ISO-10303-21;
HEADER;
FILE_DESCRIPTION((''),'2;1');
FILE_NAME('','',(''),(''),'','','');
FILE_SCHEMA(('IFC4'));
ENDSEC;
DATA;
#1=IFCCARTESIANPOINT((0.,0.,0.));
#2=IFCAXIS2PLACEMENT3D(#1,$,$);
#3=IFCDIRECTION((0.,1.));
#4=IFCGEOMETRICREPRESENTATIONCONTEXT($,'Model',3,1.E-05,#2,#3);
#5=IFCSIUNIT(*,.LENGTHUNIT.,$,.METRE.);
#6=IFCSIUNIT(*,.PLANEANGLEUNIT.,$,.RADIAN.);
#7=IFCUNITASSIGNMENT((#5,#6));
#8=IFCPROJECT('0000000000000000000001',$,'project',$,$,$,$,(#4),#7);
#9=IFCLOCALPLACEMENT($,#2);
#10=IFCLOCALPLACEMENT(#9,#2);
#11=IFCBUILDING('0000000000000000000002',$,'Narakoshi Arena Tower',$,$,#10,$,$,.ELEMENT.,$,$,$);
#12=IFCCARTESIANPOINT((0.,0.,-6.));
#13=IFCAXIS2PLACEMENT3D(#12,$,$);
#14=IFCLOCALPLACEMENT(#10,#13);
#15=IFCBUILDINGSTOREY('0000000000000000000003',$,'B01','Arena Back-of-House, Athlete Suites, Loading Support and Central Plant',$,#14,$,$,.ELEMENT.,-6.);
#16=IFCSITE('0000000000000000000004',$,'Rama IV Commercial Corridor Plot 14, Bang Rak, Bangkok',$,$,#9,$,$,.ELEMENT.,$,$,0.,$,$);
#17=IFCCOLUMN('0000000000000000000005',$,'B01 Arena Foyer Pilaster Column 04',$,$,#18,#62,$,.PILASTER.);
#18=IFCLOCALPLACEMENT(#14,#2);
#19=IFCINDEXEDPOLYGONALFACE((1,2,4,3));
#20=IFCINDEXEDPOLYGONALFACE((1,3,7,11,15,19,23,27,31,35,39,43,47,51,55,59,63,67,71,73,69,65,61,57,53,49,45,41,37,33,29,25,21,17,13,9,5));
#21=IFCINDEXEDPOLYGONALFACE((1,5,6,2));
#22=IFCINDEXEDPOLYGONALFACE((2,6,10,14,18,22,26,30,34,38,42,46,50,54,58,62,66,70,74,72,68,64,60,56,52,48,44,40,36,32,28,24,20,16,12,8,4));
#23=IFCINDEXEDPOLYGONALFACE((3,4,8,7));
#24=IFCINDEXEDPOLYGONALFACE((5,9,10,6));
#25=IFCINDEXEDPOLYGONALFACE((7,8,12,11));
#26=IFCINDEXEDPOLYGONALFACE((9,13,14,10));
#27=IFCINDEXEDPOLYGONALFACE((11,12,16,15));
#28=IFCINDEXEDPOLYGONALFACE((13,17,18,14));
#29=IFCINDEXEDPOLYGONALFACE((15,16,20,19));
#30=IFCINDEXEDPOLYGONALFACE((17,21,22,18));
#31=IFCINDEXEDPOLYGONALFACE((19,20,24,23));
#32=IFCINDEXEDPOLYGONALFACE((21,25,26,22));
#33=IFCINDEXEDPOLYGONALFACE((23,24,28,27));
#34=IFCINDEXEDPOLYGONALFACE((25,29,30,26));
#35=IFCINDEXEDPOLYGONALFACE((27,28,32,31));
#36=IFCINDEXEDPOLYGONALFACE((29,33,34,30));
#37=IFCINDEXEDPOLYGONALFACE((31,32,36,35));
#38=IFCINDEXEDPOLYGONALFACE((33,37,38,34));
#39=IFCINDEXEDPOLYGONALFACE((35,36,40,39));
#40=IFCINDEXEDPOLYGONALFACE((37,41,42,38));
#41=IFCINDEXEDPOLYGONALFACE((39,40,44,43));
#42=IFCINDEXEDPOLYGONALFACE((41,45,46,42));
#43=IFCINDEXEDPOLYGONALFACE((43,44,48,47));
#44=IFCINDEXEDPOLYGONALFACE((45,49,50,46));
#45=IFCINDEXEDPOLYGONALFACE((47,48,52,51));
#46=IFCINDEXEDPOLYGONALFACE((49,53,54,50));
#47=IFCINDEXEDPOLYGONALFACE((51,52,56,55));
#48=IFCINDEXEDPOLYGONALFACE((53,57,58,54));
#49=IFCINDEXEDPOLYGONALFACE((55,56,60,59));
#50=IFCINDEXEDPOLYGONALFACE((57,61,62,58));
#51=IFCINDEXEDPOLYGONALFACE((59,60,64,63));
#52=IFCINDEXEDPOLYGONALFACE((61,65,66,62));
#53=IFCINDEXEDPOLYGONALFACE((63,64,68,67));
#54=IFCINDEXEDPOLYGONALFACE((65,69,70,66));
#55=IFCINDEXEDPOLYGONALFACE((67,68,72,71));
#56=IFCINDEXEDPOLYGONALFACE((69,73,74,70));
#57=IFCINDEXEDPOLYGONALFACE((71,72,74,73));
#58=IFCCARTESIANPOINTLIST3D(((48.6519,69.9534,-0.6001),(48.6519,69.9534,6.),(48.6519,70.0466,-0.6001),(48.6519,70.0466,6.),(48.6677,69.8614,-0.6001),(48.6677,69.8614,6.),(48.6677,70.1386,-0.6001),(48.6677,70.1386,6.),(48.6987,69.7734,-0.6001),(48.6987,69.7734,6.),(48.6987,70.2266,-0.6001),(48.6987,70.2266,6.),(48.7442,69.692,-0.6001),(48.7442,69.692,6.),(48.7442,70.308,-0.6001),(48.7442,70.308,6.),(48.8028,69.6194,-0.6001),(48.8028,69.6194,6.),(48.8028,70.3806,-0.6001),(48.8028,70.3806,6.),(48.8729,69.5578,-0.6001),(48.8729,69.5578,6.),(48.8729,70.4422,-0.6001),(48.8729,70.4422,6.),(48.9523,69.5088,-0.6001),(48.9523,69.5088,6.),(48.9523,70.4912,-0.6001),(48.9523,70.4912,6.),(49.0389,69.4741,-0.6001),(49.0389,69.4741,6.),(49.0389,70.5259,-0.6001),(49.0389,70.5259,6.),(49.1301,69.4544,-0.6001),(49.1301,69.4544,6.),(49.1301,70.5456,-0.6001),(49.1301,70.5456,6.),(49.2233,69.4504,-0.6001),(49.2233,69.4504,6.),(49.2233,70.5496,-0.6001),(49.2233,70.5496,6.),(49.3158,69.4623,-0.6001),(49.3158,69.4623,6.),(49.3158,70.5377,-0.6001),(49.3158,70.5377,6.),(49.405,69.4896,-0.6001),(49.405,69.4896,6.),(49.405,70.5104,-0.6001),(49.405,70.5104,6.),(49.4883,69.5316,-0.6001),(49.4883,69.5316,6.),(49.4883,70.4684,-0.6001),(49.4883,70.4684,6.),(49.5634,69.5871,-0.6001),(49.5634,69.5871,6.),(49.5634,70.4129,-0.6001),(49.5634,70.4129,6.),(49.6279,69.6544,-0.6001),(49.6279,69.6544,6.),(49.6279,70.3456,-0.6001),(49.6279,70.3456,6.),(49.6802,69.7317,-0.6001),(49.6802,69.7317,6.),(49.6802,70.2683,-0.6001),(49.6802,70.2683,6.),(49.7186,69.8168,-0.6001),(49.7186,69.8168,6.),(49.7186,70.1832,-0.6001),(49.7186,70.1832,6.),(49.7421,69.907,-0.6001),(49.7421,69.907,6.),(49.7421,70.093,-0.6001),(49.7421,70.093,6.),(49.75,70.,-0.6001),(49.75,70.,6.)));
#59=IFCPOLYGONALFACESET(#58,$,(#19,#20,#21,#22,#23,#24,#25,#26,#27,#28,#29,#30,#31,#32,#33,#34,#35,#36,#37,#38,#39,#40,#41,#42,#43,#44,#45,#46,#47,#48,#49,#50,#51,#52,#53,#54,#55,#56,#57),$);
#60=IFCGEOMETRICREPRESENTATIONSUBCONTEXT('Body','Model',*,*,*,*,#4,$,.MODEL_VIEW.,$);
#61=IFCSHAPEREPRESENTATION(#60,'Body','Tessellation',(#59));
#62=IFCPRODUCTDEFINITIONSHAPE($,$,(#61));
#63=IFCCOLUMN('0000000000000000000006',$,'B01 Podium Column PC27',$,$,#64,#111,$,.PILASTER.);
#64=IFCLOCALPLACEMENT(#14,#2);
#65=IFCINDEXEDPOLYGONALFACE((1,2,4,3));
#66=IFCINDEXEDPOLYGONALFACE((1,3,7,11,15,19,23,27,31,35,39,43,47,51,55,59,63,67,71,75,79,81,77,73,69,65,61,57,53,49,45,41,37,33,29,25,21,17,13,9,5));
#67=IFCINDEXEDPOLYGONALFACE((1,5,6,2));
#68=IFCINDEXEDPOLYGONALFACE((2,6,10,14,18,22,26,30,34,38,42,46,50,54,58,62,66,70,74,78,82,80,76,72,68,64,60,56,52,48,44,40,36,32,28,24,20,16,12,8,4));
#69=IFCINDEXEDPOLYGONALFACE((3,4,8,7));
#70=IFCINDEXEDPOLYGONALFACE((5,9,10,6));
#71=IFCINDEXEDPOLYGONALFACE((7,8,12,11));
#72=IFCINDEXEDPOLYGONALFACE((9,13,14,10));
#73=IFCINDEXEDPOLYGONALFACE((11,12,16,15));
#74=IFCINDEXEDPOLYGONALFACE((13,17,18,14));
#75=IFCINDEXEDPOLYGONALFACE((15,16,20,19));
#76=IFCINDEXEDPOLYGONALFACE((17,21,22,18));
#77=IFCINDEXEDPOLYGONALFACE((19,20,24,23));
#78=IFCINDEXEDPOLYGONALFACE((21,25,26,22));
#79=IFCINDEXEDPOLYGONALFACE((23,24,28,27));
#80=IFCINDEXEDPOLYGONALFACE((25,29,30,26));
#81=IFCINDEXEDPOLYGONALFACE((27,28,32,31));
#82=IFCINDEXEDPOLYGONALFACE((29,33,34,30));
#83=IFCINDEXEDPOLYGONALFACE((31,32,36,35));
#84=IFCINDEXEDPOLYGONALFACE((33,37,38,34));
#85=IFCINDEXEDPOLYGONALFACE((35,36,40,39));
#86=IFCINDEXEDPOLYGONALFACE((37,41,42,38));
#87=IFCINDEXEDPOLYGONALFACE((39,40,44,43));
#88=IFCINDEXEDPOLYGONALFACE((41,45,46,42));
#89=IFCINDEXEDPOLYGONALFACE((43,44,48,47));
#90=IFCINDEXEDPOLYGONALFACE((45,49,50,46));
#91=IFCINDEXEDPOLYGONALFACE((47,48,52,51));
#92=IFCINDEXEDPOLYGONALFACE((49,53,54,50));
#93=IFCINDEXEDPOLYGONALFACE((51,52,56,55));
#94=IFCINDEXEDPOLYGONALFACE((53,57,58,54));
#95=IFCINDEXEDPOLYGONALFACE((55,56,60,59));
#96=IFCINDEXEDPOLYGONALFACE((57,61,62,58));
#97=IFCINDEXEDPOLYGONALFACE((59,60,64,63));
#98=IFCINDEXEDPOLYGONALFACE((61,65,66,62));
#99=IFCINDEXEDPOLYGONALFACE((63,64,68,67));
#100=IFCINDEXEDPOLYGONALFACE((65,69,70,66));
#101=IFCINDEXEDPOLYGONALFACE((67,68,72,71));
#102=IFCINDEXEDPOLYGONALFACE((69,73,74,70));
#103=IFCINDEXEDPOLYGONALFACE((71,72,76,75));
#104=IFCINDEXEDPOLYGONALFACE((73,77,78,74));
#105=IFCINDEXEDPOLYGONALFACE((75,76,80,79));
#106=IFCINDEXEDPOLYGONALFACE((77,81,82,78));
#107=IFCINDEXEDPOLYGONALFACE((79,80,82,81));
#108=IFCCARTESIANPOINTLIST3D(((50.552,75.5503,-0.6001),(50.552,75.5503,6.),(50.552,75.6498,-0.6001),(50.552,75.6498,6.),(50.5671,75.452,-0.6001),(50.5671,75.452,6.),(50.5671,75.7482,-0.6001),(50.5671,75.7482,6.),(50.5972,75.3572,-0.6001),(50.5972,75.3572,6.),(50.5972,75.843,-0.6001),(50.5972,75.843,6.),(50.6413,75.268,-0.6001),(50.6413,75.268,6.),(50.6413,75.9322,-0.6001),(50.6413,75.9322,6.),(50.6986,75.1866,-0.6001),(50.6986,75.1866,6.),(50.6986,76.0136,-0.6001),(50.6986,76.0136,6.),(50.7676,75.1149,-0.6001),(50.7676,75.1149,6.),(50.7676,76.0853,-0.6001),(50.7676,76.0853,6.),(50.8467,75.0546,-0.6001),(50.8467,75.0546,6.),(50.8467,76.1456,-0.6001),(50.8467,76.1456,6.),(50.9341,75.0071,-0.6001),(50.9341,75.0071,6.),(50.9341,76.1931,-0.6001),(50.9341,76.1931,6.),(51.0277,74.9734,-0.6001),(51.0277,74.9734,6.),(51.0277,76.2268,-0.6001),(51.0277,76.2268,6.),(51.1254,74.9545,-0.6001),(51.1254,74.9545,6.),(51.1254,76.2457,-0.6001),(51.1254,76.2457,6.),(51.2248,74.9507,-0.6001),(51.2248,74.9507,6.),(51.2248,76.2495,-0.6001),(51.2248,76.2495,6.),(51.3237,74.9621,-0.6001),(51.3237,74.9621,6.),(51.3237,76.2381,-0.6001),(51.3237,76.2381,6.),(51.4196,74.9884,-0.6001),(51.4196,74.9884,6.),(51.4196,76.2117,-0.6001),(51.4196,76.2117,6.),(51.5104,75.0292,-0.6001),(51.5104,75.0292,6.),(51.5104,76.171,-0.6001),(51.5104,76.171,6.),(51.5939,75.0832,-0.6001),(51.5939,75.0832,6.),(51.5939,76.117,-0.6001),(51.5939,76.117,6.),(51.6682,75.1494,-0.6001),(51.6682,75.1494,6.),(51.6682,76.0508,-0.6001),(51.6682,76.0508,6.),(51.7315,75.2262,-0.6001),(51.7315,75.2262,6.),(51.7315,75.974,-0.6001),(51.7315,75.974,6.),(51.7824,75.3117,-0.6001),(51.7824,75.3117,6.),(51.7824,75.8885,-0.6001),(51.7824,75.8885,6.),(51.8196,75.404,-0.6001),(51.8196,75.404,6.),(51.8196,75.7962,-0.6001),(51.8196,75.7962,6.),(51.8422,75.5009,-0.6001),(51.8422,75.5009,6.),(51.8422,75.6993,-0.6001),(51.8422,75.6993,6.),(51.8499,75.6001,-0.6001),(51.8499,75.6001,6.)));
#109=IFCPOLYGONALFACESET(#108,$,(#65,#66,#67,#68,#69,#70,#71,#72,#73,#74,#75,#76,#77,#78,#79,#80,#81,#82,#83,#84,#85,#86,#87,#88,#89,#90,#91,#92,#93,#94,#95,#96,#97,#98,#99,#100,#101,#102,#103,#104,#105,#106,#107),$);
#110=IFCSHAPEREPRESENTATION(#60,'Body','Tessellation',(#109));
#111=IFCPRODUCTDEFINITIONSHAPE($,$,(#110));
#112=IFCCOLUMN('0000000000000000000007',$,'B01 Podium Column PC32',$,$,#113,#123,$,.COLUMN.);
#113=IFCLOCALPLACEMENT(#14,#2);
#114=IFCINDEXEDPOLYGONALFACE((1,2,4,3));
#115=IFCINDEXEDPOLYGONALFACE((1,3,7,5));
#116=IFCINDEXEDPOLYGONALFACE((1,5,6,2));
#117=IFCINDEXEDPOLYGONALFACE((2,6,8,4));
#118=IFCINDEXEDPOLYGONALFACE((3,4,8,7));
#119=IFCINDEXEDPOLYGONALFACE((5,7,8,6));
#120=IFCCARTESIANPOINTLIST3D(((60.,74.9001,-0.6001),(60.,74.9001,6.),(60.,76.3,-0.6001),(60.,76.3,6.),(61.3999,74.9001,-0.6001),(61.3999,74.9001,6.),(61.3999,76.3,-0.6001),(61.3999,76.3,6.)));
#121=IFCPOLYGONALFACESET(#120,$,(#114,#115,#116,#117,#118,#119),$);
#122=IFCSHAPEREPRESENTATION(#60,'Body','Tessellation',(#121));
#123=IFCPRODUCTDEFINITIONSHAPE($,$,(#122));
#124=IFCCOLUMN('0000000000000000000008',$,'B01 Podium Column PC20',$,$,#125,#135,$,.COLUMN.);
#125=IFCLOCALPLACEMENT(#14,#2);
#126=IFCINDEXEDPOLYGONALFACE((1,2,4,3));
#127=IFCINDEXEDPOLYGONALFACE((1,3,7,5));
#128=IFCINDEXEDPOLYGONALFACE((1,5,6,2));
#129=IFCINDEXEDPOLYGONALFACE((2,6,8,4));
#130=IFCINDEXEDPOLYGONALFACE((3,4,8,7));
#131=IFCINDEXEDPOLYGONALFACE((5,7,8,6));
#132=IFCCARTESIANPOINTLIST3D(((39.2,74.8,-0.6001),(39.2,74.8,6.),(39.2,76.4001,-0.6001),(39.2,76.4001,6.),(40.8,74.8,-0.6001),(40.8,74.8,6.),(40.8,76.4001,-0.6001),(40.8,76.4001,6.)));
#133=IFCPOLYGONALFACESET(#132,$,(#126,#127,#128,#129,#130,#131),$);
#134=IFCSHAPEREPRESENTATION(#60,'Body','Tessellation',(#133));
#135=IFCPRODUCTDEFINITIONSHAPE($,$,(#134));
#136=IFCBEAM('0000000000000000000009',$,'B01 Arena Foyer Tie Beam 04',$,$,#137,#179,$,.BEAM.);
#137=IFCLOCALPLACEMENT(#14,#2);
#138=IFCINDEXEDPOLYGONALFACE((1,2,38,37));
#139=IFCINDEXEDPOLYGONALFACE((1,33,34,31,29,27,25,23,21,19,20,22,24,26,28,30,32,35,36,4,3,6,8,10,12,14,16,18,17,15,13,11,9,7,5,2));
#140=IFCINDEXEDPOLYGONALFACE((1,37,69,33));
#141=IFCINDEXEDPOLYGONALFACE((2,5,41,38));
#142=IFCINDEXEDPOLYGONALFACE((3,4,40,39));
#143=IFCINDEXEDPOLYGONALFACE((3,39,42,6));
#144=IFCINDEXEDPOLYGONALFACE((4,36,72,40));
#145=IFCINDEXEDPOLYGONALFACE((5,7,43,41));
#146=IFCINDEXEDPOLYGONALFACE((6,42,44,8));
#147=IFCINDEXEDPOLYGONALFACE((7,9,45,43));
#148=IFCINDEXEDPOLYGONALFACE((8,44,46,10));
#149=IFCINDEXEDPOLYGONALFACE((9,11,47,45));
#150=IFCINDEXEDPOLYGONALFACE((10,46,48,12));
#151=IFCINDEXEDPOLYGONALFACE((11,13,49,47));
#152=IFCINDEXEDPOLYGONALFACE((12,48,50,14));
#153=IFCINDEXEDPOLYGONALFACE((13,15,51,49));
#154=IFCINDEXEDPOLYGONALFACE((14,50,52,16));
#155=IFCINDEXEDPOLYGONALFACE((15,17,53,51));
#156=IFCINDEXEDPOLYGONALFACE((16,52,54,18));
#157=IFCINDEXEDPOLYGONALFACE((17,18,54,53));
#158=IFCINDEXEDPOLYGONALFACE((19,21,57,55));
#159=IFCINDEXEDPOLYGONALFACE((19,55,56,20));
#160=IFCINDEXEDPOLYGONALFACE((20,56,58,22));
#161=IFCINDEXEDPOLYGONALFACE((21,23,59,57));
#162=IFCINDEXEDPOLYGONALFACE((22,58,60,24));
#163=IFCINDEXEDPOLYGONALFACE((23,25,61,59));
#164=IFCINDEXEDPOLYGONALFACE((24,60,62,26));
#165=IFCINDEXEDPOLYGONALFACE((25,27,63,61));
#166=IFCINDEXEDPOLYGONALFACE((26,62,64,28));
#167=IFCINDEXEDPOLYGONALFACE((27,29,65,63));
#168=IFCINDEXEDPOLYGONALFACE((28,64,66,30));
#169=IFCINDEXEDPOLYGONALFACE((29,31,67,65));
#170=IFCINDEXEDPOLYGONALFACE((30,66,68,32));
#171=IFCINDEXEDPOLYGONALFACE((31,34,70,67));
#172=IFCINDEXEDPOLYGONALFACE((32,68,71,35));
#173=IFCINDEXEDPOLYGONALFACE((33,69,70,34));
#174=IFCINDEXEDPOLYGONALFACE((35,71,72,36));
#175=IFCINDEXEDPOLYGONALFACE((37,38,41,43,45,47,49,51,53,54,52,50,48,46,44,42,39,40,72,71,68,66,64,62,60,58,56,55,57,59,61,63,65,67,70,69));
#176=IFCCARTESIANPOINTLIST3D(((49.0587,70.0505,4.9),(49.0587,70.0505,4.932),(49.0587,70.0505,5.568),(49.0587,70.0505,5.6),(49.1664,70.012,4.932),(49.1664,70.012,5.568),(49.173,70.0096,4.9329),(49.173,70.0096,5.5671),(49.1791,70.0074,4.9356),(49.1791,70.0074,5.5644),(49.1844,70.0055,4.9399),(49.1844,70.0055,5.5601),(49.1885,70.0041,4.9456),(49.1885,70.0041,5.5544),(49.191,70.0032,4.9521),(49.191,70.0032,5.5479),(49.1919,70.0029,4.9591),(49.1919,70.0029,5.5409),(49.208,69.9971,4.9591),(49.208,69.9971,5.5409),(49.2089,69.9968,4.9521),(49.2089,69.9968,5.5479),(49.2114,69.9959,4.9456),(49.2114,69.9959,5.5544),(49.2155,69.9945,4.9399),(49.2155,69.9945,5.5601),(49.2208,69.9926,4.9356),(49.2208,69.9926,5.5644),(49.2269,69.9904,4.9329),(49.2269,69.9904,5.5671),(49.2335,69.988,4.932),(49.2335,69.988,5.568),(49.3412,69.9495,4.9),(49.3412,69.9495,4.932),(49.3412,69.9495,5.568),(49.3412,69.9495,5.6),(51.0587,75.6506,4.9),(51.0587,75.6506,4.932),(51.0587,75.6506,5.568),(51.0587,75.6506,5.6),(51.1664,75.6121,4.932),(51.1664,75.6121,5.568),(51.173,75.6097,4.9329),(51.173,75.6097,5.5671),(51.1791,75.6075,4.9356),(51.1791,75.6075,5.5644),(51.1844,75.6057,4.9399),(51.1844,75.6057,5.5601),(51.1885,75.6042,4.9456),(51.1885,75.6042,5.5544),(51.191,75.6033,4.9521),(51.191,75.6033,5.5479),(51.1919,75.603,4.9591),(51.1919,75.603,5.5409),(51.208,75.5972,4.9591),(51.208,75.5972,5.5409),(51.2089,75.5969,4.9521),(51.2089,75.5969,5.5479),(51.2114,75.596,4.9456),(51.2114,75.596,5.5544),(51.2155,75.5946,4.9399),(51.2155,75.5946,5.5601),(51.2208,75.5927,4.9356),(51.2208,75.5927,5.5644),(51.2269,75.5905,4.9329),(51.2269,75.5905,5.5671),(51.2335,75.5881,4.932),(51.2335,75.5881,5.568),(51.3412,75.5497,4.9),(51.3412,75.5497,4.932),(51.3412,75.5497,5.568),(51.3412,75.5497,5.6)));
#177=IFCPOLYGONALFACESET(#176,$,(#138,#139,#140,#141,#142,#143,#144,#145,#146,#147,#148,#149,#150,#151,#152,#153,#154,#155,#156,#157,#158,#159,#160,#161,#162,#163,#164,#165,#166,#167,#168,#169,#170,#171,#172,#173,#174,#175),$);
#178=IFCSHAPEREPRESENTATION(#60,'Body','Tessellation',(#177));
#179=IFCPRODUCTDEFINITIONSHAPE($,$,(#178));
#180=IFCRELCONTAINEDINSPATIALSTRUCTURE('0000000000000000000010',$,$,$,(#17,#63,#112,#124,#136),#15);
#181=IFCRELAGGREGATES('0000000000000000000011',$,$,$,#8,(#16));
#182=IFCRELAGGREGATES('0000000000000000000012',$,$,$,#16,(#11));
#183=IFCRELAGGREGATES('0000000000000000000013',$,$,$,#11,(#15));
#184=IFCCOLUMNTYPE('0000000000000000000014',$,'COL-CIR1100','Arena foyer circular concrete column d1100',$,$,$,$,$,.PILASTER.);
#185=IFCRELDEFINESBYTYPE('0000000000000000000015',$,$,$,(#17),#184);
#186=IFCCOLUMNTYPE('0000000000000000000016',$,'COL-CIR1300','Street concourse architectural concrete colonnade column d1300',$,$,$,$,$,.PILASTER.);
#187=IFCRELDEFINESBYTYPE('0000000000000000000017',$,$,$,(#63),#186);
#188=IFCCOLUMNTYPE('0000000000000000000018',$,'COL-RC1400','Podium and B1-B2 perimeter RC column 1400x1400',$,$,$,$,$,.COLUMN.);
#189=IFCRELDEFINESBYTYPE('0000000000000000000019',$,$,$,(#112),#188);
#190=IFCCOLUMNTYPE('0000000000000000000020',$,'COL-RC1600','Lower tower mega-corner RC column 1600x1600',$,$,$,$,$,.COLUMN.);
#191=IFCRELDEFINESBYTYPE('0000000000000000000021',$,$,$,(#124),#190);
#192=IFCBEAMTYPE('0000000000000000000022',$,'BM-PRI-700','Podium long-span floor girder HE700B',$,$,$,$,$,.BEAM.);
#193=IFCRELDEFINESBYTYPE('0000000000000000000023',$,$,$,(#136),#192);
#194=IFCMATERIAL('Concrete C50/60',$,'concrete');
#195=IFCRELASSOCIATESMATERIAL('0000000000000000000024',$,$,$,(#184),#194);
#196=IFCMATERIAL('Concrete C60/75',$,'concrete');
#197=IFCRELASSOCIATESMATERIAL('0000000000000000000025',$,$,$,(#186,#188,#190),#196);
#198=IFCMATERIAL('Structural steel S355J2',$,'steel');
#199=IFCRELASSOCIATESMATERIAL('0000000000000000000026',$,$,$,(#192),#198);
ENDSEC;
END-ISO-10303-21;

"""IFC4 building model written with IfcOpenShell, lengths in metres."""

from ifc_helpers import new_model, si_unit, direction, frame, origin, origin_2d, place, context, subcontext, project, spatial, rectangle, circle, i_section, extrude, material, material_profile, profile_set, type_object, element, save


model = new_model("IFC4")

# Units and contexts
model_context = context("Model", 3, precision=1e-05, world=origin(), true_north=direction((0.0, 1.0)))
body_context = subcontext(model_context, "Body", "Model", "MODEL_VIEW")
ifc_project = project(units=[si_unit("LENGTHUNIT", "METRE"), si_unit("PLANEANGLEUNIT", "RADIAN")], contexts=[model_context])

# Site, building, storey
site_placement = place(None, origin())
site = spatial("IfcSite", under=ifc_project, at=site_placement, Name="Rama IV Commercial Corridor Plot 14, Bang Rak, Bangkok", CompositionType="ELEMENT", RefElevation=0.0)
building_placement = place(site_placement, origin())
building = spatial("IfcBuilding", under=site, at=building_placement, Name="Narakoshi Arena Tower", CompositionType="ELEMENT")
storey_placement = place(building_placement, frame((0.0, 0.0, -6.0)))
storey = spatial("IfcBuildingStorey", under=building, at=storey_placement, Name="B01", Description="Arena Back-of-House, Athlete Suites, Loading Support and Central Plant", CompositionType="ELEMENT", Elevation=-6.0)

# Columns
ifc_material_1 = material(Name="Concrete C50/60", Category="concrete")
ifc_material_profile_1 = material_profile(ifc_material_1, circle(Radius=0.55, at=origin_2d()), Name="RCC1100")
ifc_profile_set_1 = profile_set([ifc_material_profile_1], Name="Concrete C50/60")
column_type_1 = type_object("IfcColumnType", Name="COL-CIR1100", Description="Arena foyer circular concrete column d1100", PredefinedType="PILASTER", material=ifc_profile_set_1)
for number, where, z_axis, x_axis, name in (
    (1, (49.2, 70.0, -0.6001), (0.0, 0.0, 1.0), (1.0, 0.0, 0.0), "B01 Arena Foyer Pilaster Column 04"),
):
    element("IfcColumn", number, at=place(storey_placement, frame(where, z_axis=z_axis, x_axis=x_axis)), inside=storey, type_object=column_type_1, Name=name, PredefinedType="PILASTER", context=body_context, shape_type="SweptSolid", body=[
        extrude(circle(Radius=0.55, at=origin_2d()), origin(), (0.0, 0.0, 1.0), 6.6001),
    ])
ifc_material_2 = material(Name="Concrete C60/75", Category="concrete")
ifc_material_profile_2 = material_profile(ifc_material_2, circle(Radius=0.6499, at=origin_2d()), Name="RCC1300")
ifc_profile_set_2 = profile_set([ifc_material_profile_2], Name="Concrete C60/75")
column_type_2 = type_object("IfcColumnType", Name="COL-CIR1300", Description="Street concourse architectural concrete colonnade column d1300", PredefinedType="PILASTER", material=ifc_profile_set_2)
column_1_placement = place(storey_placement, frame((51.2, 75.6001, -0.6001), z_axis=(0.0, 0.0, 1.0), x_axis=(1.0, 0.0, 0.0)))
element("IfcColumn", 2, at=column_1_placement, inside=storey, type_object=column_type_2, Name="B01 Podium Column PC27", PredefinedType="PILASTER", context=body_context, shape_type="SweptSolid", body=[
    extrude(circle(Radius=0.6499, at=origin_2d()), origin(), (0.0, 0.0, 1.0), 6.6001),
])
ifc_material_profile_3 = material_profile(ifc_material_2, rectangle(XDim=1.3999, YDim=1.3999, at=origin_2d()), Name="RC1400x1400")
ifc_profile_set_3 = profile_set([ifc_material_profile_3], Name="Concrete C60/75")
column_type_3 = type_object("IfcColumnType", Name="COL-RC1400", Description="Podium and B1-B2 perimeter RC column 1400x1400", PredefinedType="COLUMN", material=ifc_profile_set_3)
column_2_placement = place(storey_placement, frame((60.7, 75.6001, -0.6001), z_axis=(0.0, 0.0, 1.0), x_axis=(1.0, 0.0, 0.0)))
element("IfcColumn", 3, at=column_2_placement, inside=storey, type_object=column_type_3, Name="B01 Podium Column PC32", PredefinedType="COLUMN", context=body_context, shape_type="SweptSolid", body=[
    extrude(rectangle(XDim=1.3999, YDim=1.3999, at=origin_2d()), origin(), (0.0, 0.0, 1.0), 6.6001),
])
ifc_material_profile_4 = material_profile(ifc_material_2, rectangle(XDim=1.6001, YDim=1.6001, at=origin_2d()), Name="RC1600x1600")
ifc_profile_set_4 = profile_set([ifc_material_profile_4], Name="Concrete C60/75")
column_type_4 = type_object("IfcColumnType", Name="COL-RC1600", Description="Lower tower mega-corner RC column 1600x1600", PredefinedType="COLUMN", material=ifc_profile_set_4)
column_3_placement = place(storey_placement, frame((40.0, 75.6001, -0.6001), z_axis=(0.0, 0.0, 1.0), x_axis=(1.0, 0.0, 0.0)))
element("IfcColumn", 4, at=column_3_placement, inside=storey, type_object=column_type_4, Name="B01 Podium Column PC20", PredefinedType="COLUMN", context=body_context, shape_type="SweptSolid", body=[
    extrude(rectangle(XDim=1.6001, YDim=1.6001, at=origin_2d()), origin(), (0.0, 0.0, 1.0), 6.6001),
])

# Beam
ifc_material_3 = material(Name="Structural steel S355J2", Category="steel")
ifc_material_profile_5 = material_profile(ifc_material_3, i_section(OverallWidth=0.3, OverallDepth=0.7, WebThickness=0.0171, FlangeThickness=0.032, FilletRadius=0.0271, at=origin_2d()), Name="HE700B")
ifc_profile_set_5 = profile_set([ifc_material_profile_5], Name="Structural steel S355J2")
beam_type_1 = type_object("IfcBeamType", Name="BM-PRI-700", Description="Podium long-span floor girder HE700B", PredefinedType="BEAM", material=ifc_profile_set_5)
beam_1_placement = place(storey_placement, frame((49.2, 70.0, 5.25), z_axis=(0.336331, 0.941744, 0.0), x_axis=(-0.941744, 0.336331, 0.0)))
element("IfcBeam", 5, at=beam_1_placement, inside=storey, type_object=beam_type_1, Name="B01 Arena Foyer Tie Beam 04", PredefinedType="BEAM", context=body_context, shape_type="SweptSolid", body=[
    extrude(i_section(OverallWidth=0.3, OverallDepth=0.7, WebThickness=0.0171, FlangeThickness=0.032, FilletRadius=0.0271, at=origin_2d()), origin(), (0.0, 0.0, 1.0), 5.9465),
])

save(model, "model.ifc")
